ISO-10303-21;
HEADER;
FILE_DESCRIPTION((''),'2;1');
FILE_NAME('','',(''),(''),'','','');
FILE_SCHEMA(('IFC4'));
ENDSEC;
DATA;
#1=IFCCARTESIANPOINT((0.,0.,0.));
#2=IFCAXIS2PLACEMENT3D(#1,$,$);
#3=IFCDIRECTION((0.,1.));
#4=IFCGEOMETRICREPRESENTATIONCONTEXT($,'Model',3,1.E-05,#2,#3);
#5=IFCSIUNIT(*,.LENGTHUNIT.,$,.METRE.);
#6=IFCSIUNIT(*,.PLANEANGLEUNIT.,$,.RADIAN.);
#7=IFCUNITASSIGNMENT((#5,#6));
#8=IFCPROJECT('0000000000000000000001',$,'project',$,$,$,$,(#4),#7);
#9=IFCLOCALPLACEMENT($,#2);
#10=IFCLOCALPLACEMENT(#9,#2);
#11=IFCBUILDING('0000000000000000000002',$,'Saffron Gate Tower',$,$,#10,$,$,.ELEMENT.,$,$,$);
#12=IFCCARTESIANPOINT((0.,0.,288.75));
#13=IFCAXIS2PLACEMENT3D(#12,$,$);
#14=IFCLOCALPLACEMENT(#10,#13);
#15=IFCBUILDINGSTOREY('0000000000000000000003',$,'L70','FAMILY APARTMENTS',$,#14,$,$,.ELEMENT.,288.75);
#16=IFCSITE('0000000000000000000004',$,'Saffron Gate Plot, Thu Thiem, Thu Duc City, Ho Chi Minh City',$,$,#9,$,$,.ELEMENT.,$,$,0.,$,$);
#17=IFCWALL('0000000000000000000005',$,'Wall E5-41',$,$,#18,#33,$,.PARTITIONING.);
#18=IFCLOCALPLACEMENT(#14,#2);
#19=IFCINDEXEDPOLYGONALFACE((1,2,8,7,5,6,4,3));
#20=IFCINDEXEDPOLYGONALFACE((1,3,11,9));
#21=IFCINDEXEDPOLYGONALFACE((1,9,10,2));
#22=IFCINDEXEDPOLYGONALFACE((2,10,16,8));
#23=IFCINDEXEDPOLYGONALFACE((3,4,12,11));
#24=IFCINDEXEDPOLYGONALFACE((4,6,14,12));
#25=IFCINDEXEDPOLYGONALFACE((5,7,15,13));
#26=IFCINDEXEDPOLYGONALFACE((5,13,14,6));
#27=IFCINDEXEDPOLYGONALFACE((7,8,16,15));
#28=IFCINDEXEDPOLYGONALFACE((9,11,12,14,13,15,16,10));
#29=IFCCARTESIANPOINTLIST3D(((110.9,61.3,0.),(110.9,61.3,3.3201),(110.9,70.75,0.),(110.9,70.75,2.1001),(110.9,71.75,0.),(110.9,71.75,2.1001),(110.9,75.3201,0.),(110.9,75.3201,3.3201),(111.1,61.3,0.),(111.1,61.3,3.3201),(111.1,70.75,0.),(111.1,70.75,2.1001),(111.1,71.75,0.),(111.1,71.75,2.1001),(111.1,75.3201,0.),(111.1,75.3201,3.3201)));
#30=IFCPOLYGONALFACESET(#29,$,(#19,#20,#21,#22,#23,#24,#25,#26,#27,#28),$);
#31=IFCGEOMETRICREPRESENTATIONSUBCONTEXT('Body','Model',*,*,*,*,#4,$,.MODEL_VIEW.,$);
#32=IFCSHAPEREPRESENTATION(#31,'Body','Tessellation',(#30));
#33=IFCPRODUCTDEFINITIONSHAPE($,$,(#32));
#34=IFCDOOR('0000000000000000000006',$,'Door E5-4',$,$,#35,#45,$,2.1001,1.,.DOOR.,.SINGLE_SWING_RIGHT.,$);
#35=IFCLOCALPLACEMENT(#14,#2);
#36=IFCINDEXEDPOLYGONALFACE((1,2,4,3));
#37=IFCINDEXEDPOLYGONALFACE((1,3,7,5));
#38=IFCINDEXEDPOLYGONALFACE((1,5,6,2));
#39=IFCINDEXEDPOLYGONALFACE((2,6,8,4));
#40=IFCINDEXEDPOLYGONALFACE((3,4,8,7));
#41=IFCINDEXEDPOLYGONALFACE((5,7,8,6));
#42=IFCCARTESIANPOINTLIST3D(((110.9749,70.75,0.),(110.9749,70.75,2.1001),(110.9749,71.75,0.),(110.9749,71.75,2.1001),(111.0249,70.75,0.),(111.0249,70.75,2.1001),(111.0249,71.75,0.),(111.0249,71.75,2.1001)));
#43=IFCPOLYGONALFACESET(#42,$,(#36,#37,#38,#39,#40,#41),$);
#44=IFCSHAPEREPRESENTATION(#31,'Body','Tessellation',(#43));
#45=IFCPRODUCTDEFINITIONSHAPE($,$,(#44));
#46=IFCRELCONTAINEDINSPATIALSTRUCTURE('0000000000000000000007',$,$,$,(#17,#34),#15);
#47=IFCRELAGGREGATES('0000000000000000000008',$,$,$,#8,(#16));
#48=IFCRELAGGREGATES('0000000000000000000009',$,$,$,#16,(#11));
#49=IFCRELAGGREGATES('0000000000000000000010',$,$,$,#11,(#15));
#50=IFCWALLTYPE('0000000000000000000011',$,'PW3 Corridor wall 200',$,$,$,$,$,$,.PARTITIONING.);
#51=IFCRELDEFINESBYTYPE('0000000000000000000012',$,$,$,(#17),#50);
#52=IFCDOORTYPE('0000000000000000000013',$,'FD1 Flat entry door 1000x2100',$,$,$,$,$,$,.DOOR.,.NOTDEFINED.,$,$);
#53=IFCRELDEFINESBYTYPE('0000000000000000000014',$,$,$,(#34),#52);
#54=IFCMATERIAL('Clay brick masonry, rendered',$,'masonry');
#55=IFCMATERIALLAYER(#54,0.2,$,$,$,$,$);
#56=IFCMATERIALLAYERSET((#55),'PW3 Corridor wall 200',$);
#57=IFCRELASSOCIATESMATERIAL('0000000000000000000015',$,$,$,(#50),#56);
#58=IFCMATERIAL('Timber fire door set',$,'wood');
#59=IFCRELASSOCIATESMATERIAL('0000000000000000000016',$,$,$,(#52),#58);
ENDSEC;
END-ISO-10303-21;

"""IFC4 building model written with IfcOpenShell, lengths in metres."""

from ifc_helpers import new_model, si_unit, direction, frame, frame_2d, origin, place, context, subcontext, project, spatial, rectangle, extrude, material, layer, layer_set, type_object, element, fill, save


model = new_model("IFC4")

# Units and contexts
model_context = context("Model", 3, precision=1e-05, world=origin(), true_north=direction((0.0, 1.0)))
body_context = subcontext(model_context, "Body", "Model", "MODEL_VIEW")
ifc_project = project(units=[si_unit("LENGTHUNIT", "METRE"), si_unit("PLANEANGLEUNIT", "RADIAN")], contexts=[model_context])

# Site, building, storey
site_placement = place(None, origin())
site = spatial("IfcSite", under=ifc_project, at=site_placement, Name="Saffron Gate Plot, Thu Thiem, Thu Duc City, Ho Chi Minh City", CompositionType="ELEMENT", RefElevation=0.0)
building_placement = place(site_placement, origin())
building = spatial("IfcBuilding", under=site, at=building_placement, Name="Saffron Gate Tower", CompositionType="ELEMENT")
storey_placement = place(building_placement, frame((0.0, 0.0, 288.75)))
storey = spatial("IfcBuildingStorey", under=building, at=storey_placement, Name="L70", Description="FAMILY APARTMENTS", CompositionType="ELEMENT", Elevation=288.75)

# Wall, opening, door
ifc_material_1 = material(Name="Clay brick masonry, rendered", Category="masonry")
ifc_layer_1 = layer(ifc_material_1, 0.2)
ifc_layer_set_1 = layer_set([ifc_layer_1], Name="PW3 Corridor wall 200")
wall_type_1 = type_object("IfcWallType", Name="PW3 Corridor wall 200", PredefinedType="PARTITIONING", material=ifc_layer_set_1)
wall_1_placement = place(storey_placement, frame((111.0, 75.3201, 0.0), z_axis=(0.0, 0.0, 1.0), x_axis=(0.0, -1.0, 0.0)))
wall_1 = element("IfcWall", 1, at=wall_1_placement, inside=storey, type_object=wall_type_1, Name="Wall E5-41", PredefinedType="PARTITIONING", context=body_context, shape_type="SweptSolid", body=[
    extrude(rectangle(XDim=14.02, YDim=0.2, at=frame_2d((7.01, 0.0))), origin(), (0.0, 0.0, 1.0), 3.3201),
])
opening_1_placement = place(wall_1_placement, frame((3.5701, 0.0, 0.0)))
opening_1 = element("IfcOpeningElement", 2, at=opening_1_placement, cuts=wall_1, PredefinedType="OPENING", context=body_context, shape_type="SweptSolid", body=[
    extrude(rectangle(XDim=1.0, YDim=2.1001, at=frame_2d((0.5, 1.05))), frame((0.0, 0.1099, 0.0), z_axis=(0.0, -1.0, 0.0), x_axis=(1.0, 0.0, 0.0)), (0.0, 0.0, 1.0), 0.22),
])
ifc_material_2 = material(Name="Timber fire door set", Category="wood")
door_type_1 = type_object("IfcDoorType", Name="FD1 Flat entry door 1000x2100", OperationType="NOTDEFINED", PredefinedType="DOOR", material=ifc_material_2)
door_1_placement = place(opening_1_placement, origin())
door_1 = element("IfcDoor", 3, at=door_1_placement, inside=storey, type_object=door_type_1, Name="Door E5-4", OperationType="SINGLE_SWING_RIGHT", OverallHeight=2.1001, OverallWidth=1.0, PredefinedType="DOOR", context=body_context, shape_type="SweptSolid", body=[
    extrude(rectangle(XDim=1.0, YDim=2.1001, at=frame_2d((0.5, 1.05))), frame((0.0, 0.0249, 0.0), z_axis=(0.0, -1.0, 0.0), x_axis=(1.0, 0.0, 0.0)), (0.0, 0.0, 1.0), 0.05),
])
fill(opening_1, door_1)

save(model, "model.ifc")
